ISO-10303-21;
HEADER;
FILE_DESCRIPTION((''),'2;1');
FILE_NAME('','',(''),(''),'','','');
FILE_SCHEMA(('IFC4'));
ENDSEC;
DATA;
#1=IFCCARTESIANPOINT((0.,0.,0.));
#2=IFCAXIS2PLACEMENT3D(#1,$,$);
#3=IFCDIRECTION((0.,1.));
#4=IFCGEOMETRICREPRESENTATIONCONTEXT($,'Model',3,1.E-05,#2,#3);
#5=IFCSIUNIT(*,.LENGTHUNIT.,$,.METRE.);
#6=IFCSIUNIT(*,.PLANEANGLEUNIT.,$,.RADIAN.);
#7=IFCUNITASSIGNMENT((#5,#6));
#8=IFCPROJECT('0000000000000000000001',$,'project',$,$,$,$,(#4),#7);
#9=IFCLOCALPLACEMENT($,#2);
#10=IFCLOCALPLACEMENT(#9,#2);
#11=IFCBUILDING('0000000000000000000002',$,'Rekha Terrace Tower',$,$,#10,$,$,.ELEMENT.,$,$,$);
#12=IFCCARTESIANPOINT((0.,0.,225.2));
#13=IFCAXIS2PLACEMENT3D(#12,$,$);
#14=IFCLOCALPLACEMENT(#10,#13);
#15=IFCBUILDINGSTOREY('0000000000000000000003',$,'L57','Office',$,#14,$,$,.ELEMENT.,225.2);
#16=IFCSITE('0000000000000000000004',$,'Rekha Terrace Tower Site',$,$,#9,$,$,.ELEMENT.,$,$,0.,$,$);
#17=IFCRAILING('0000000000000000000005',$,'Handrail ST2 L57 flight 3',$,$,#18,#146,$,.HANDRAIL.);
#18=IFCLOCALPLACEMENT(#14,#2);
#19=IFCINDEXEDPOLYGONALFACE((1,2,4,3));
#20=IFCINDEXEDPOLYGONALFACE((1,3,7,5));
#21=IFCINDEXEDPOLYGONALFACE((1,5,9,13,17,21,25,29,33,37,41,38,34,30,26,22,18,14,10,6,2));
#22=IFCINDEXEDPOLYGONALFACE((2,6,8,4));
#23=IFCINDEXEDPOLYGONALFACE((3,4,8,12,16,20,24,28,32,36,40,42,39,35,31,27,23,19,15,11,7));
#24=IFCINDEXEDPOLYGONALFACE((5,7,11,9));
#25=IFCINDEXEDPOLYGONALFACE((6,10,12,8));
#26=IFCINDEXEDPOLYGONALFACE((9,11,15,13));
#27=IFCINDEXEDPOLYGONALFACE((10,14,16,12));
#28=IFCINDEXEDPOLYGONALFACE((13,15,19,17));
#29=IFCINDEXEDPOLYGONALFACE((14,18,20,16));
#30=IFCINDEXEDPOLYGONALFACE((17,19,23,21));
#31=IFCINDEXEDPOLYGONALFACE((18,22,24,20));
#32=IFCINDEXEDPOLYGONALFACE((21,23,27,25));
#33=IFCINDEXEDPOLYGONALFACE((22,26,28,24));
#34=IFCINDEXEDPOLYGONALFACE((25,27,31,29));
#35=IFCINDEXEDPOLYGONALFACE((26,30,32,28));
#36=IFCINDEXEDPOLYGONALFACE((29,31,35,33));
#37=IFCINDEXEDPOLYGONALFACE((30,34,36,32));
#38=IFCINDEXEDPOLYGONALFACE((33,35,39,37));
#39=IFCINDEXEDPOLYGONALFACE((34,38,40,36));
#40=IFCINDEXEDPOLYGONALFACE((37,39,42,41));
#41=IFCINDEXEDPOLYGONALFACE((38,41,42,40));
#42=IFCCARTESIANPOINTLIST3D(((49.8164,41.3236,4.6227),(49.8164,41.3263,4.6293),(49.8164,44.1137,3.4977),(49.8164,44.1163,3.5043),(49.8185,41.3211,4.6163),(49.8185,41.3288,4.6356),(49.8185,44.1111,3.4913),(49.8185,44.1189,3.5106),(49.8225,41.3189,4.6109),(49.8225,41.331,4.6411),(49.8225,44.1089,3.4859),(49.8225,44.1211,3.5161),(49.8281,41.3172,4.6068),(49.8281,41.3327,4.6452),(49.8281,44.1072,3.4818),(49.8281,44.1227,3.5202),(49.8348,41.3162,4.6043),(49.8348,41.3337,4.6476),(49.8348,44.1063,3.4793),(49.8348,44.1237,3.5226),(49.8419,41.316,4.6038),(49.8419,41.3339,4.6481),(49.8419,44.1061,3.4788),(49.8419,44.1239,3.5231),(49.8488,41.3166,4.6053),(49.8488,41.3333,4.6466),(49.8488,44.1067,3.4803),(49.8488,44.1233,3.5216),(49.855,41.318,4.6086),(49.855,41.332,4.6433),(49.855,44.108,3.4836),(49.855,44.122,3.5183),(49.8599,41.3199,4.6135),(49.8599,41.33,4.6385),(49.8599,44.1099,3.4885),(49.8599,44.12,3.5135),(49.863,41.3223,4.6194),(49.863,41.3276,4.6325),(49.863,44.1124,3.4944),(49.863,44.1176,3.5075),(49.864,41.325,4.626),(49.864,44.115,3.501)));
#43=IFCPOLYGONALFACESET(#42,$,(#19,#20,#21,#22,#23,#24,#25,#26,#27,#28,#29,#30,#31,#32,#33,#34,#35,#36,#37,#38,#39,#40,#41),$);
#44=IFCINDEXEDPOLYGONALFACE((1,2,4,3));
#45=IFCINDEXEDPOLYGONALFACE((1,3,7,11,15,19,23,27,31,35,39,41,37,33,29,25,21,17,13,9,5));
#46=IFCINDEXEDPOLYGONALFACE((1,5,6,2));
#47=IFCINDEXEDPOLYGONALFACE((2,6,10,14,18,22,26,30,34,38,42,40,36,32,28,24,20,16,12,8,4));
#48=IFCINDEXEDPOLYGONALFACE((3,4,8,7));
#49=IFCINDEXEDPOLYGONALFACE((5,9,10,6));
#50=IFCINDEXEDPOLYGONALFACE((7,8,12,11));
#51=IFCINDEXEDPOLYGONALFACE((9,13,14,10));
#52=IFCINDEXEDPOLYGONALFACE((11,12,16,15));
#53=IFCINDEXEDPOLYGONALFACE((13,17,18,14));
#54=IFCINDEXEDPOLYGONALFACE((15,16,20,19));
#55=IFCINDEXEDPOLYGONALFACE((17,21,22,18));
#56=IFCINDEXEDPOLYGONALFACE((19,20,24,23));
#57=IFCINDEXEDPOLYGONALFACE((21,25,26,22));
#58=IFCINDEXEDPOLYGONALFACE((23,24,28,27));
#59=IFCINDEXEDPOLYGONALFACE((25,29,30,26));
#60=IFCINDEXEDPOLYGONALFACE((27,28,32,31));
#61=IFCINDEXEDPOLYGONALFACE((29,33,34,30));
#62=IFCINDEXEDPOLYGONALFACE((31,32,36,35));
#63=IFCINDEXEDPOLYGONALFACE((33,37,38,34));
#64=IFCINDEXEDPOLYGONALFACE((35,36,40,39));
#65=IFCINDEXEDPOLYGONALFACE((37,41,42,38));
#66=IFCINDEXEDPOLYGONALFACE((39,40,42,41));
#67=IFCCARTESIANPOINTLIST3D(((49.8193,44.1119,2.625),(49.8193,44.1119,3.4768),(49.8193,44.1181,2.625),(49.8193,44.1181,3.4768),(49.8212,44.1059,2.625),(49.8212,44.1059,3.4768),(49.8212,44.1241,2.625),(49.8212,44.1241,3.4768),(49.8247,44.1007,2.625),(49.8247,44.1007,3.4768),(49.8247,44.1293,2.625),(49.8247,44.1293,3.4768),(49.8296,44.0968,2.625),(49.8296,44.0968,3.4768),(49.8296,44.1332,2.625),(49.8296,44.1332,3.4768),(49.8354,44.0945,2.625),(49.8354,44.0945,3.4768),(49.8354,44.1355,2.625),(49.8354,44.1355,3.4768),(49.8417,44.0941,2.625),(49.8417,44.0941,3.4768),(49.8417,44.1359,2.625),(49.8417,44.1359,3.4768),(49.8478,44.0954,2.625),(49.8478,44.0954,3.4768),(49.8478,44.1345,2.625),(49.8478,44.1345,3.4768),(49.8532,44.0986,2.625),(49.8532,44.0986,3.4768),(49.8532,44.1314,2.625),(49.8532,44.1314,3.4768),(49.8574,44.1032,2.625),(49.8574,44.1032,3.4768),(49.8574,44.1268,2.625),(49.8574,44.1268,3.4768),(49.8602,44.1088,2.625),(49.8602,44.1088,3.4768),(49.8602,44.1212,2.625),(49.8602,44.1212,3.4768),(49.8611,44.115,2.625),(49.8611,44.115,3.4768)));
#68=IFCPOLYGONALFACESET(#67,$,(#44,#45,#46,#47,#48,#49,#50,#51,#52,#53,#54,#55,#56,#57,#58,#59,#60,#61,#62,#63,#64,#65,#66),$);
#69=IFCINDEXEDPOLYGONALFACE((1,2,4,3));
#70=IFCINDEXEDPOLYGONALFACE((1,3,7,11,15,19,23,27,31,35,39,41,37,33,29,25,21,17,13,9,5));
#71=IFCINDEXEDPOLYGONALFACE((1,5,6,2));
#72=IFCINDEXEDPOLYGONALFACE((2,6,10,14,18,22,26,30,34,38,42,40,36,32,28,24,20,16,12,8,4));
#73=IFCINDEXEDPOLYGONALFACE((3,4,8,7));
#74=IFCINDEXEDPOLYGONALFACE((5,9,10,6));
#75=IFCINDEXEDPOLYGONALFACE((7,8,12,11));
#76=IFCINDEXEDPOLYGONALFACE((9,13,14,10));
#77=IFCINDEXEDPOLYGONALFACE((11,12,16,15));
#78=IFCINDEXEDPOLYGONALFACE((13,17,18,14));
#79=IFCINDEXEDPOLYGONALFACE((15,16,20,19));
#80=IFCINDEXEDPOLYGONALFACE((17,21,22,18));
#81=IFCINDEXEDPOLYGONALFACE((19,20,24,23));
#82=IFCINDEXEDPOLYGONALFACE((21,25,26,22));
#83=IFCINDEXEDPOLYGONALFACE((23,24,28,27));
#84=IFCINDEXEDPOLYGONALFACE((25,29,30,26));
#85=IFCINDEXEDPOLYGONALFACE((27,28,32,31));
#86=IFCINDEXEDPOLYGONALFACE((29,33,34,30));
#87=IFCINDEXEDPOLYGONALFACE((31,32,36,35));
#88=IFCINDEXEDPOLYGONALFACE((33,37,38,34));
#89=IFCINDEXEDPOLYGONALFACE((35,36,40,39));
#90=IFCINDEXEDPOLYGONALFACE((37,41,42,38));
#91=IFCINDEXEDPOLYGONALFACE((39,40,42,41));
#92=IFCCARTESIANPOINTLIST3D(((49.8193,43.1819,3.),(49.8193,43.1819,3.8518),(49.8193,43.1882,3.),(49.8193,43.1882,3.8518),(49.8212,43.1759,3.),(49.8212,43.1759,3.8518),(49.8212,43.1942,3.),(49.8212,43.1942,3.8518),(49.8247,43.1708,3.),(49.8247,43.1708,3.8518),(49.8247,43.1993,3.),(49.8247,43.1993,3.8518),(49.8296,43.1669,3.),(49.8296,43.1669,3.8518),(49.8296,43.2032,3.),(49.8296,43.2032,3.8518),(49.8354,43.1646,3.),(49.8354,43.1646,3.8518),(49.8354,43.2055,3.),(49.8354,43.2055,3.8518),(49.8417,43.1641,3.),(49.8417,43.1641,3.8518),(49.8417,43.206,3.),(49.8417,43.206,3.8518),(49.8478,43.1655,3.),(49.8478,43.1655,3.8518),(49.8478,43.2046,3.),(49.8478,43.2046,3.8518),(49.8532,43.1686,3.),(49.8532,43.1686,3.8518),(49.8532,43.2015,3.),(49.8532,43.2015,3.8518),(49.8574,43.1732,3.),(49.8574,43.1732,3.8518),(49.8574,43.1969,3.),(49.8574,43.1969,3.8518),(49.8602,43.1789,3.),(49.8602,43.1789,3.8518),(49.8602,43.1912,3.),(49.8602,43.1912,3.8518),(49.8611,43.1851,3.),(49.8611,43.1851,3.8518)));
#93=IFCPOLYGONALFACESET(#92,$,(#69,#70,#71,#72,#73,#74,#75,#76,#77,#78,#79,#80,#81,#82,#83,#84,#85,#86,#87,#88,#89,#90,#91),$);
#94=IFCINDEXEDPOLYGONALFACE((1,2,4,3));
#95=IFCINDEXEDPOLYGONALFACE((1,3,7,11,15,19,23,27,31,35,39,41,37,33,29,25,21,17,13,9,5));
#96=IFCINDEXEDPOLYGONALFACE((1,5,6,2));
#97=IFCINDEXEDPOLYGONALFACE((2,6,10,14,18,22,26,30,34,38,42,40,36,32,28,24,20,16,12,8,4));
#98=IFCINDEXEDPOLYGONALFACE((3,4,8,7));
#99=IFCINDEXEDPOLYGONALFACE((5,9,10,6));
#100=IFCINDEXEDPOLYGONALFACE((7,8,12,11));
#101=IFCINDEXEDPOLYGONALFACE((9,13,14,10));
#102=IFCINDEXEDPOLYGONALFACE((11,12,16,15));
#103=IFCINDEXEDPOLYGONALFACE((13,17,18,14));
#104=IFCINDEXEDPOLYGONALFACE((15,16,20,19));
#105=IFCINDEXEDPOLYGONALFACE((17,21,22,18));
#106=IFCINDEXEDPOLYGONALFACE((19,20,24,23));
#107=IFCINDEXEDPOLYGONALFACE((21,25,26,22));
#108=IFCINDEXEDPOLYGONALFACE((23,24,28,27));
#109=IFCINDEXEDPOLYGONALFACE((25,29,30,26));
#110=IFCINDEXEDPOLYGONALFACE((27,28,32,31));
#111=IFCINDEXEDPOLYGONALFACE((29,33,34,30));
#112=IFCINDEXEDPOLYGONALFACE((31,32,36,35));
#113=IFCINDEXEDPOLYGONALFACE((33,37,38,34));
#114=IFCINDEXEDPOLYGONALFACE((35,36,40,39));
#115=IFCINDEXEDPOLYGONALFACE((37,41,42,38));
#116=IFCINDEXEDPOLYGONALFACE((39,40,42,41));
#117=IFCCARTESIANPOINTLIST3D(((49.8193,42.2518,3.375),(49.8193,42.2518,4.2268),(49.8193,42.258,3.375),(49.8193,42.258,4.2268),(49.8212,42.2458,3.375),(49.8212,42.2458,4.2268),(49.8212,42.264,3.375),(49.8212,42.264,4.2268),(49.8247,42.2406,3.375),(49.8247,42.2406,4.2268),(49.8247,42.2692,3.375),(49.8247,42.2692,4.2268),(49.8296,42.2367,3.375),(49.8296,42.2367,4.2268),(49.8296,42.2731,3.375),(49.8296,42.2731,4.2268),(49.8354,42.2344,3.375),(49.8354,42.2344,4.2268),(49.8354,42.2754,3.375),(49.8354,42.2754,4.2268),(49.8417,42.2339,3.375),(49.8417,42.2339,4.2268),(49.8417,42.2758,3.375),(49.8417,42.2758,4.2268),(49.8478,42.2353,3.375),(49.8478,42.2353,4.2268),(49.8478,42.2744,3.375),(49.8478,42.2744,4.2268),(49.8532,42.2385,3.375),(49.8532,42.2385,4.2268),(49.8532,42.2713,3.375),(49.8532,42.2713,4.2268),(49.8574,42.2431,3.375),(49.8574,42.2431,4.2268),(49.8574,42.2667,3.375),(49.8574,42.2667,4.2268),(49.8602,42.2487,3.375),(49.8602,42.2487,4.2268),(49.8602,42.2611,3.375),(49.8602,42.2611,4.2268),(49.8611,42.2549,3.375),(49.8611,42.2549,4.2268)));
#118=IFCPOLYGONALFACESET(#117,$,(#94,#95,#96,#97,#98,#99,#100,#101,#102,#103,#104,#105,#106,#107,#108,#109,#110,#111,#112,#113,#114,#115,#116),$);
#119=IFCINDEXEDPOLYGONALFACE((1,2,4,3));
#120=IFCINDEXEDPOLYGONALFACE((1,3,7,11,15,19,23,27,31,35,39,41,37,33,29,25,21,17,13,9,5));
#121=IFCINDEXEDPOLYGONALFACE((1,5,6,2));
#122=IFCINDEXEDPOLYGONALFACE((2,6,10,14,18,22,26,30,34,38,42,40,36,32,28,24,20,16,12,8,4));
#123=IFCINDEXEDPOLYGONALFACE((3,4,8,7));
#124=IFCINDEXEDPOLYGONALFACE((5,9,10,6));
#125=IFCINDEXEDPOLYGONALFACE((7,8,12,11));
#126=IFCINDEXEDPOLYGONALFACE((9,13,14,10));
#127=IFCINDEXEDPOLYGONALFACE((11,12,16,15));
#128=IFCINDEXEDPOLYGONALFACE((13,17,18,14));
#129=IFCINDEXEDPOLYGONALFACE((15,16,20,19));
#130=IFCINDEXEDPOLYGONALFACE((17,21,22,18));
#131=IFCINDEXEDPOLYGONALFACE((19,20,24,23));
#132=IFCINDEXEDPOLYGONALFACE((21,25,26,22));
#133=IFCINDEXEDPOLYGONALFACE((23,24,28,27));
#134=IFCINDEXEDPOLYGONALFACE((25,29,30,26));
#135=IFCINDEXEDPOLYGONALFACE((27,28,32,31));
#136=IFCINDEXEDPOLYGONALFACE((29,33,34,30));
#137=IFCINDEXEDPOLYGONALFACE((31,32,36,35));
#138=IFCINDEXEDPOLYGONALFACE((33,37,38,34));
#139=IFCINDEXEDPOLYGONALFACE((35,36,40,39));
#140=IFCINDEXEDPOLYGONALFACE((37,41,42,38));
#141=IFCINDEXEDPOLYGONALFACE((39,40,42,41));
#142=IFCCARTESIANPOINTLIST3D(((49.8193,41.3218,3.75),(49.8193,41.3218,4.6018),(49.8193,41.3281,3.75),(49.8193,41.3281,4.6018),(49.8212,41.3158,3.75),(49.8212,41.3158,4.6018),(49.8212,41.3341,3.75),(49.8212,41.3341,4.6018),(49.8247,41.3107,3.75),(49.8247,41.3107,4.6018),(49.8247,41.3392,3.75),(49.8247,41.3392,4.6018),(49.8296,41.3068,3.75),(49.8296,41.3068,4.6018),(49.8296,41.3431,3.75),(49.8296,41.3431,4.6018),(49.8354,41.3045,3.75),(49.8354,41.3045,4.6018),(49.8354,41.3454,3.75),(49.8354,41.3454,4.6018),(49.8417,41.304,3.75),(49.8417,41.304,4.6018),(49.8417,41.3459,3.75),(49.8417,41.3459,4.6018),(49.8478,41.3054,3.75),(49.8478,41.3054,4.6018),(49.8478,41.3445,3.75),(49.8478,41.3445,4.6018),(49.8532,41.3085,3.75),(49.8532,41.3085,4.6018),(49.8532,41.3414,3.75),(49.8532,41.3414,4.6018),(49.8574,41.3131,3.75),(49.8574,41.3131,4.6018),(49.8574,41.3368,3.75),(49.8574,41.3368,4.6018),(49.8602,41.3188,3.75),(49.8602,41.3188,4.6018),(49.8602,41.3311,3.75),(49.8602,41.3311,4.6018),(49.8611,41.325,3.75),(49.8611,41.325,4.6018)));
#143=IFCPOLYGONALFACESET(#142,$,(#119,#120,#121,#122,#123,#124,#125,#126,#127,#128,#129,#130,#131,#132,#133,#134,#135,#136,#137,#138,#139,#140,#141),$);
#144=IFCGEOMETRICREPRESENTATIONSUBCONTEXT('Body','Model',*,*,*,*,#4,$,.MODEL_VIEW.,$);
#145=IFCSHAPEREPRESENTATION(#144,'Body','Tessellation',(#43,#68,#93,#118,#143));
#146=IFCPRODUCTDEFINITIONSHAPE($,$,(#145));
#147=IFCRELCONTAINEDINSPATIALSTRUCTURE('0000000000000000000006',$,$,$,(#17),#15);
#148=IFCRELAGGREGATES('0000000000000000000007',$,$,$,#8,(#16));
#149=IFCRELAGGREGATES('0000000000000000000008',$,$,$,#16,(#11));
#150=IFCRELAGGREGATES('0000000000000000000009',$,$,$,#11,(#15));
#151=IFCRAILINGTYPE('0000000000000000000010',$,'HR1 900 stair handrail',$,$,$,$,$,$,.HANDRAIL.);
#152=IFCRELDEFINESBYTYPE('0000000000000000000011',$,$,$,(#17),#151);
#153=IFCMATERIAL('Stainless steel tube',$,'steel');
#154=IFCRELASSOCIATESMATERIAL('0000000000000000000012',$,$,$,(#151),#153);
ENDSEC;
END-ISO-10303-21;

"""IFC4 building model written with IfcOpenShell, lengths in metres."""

from ifc_helpers import new_model, si_unit, direction, frame, origin, origin_2d, place, context, subcontext, project, spatial, circle, extrude, material, type_object, element, save


model = new_model("IFC4")

# Units and contexts
model_context = context("Model", 3, precision=1e-05, world=origin(), true_north=direction((0.0, 1.0)))
body_context = subcontext(model_context, "Body", "Model", "MODEL_VIEW")
ifc_project = project(units=[si_unit("LENGTHUNIT", "METRE"), si_unit("PLANEANGLEUNIT", "RADIAN")], contexts=[model_context])

# Site, building, storey
site_placement = place(None, origin())
site = spatial("IfcSite", under=ifc_project, at=site_placement, Name="Rekha Terrace Tower Site", CompositionType="ELEMENT", RefElevation=0.0)
building_placement = place(site_placement, origin())
building = spatial("IfcBuilding", under=site, at=building_placement, Name="Rekha Terrace Tower", CompositionType="ELEMENT")
storey_placement = place(building_placement, frame((0.0, 0.0, 225.2)))
storey = spatial("IfcBuildingStorey", under=building, at=storey_placement, Name="L57", Description="Office", CompositionType="ELEMENT", Elevation=225.2)

# Railing
ifc_material_1 = material(Name="Stainless steel tube", Category="steel")
railing_type_1 = type_object("IfcRailingType", Name="HR1 900 stair handrail", PredefinedType="HANDRAIL", material=ifc_material_1)
railing_1_placement = place(storey_placement, frame((49.8401, 44.115, 2.625)))
element("IfcRailing", 1, at=railing_1_placement, inside=storey, type_object=railing_type_1, Name="Handrail ST2 L57 flight 3", PredefinedType="HANDRAIL", context=body_context, shape_type="SweptSolid", body=[
    extrude(circle(Radius=0.0239, at=origin_2d()), frame((0.0, 0.0, 0.876), z_axis=(0.0, -0.927443, 0.373964), x_axis=(1.0, 0.0, 0.0)), (0.0, 0.0, 1.0), 3.0083),
    extrude(circle(Radius=0.021, at=origin_2d()), origin(), (0.0, 0.0, 1.0), 0.8518),
    extrude(circle(Radius=0.021, at=origin_2d()), frame((0.0, -0.9299, 0.375)), (0.0, 0.0, 1.0), 0.8518),
    extrude(circle(Radius=0.021, at=origin_2d()), frame((0.0, -1.8601, 0.75)), (0.0, 0.0, 1.0), 0.8518),
    extrude(circle(Radius=0.021, at=origin_2d()), frame((0.0, -2.79, 1.125)), (0.0, 0.0, 1.0), 0.8518),
])

save(model, "model.ifc")
